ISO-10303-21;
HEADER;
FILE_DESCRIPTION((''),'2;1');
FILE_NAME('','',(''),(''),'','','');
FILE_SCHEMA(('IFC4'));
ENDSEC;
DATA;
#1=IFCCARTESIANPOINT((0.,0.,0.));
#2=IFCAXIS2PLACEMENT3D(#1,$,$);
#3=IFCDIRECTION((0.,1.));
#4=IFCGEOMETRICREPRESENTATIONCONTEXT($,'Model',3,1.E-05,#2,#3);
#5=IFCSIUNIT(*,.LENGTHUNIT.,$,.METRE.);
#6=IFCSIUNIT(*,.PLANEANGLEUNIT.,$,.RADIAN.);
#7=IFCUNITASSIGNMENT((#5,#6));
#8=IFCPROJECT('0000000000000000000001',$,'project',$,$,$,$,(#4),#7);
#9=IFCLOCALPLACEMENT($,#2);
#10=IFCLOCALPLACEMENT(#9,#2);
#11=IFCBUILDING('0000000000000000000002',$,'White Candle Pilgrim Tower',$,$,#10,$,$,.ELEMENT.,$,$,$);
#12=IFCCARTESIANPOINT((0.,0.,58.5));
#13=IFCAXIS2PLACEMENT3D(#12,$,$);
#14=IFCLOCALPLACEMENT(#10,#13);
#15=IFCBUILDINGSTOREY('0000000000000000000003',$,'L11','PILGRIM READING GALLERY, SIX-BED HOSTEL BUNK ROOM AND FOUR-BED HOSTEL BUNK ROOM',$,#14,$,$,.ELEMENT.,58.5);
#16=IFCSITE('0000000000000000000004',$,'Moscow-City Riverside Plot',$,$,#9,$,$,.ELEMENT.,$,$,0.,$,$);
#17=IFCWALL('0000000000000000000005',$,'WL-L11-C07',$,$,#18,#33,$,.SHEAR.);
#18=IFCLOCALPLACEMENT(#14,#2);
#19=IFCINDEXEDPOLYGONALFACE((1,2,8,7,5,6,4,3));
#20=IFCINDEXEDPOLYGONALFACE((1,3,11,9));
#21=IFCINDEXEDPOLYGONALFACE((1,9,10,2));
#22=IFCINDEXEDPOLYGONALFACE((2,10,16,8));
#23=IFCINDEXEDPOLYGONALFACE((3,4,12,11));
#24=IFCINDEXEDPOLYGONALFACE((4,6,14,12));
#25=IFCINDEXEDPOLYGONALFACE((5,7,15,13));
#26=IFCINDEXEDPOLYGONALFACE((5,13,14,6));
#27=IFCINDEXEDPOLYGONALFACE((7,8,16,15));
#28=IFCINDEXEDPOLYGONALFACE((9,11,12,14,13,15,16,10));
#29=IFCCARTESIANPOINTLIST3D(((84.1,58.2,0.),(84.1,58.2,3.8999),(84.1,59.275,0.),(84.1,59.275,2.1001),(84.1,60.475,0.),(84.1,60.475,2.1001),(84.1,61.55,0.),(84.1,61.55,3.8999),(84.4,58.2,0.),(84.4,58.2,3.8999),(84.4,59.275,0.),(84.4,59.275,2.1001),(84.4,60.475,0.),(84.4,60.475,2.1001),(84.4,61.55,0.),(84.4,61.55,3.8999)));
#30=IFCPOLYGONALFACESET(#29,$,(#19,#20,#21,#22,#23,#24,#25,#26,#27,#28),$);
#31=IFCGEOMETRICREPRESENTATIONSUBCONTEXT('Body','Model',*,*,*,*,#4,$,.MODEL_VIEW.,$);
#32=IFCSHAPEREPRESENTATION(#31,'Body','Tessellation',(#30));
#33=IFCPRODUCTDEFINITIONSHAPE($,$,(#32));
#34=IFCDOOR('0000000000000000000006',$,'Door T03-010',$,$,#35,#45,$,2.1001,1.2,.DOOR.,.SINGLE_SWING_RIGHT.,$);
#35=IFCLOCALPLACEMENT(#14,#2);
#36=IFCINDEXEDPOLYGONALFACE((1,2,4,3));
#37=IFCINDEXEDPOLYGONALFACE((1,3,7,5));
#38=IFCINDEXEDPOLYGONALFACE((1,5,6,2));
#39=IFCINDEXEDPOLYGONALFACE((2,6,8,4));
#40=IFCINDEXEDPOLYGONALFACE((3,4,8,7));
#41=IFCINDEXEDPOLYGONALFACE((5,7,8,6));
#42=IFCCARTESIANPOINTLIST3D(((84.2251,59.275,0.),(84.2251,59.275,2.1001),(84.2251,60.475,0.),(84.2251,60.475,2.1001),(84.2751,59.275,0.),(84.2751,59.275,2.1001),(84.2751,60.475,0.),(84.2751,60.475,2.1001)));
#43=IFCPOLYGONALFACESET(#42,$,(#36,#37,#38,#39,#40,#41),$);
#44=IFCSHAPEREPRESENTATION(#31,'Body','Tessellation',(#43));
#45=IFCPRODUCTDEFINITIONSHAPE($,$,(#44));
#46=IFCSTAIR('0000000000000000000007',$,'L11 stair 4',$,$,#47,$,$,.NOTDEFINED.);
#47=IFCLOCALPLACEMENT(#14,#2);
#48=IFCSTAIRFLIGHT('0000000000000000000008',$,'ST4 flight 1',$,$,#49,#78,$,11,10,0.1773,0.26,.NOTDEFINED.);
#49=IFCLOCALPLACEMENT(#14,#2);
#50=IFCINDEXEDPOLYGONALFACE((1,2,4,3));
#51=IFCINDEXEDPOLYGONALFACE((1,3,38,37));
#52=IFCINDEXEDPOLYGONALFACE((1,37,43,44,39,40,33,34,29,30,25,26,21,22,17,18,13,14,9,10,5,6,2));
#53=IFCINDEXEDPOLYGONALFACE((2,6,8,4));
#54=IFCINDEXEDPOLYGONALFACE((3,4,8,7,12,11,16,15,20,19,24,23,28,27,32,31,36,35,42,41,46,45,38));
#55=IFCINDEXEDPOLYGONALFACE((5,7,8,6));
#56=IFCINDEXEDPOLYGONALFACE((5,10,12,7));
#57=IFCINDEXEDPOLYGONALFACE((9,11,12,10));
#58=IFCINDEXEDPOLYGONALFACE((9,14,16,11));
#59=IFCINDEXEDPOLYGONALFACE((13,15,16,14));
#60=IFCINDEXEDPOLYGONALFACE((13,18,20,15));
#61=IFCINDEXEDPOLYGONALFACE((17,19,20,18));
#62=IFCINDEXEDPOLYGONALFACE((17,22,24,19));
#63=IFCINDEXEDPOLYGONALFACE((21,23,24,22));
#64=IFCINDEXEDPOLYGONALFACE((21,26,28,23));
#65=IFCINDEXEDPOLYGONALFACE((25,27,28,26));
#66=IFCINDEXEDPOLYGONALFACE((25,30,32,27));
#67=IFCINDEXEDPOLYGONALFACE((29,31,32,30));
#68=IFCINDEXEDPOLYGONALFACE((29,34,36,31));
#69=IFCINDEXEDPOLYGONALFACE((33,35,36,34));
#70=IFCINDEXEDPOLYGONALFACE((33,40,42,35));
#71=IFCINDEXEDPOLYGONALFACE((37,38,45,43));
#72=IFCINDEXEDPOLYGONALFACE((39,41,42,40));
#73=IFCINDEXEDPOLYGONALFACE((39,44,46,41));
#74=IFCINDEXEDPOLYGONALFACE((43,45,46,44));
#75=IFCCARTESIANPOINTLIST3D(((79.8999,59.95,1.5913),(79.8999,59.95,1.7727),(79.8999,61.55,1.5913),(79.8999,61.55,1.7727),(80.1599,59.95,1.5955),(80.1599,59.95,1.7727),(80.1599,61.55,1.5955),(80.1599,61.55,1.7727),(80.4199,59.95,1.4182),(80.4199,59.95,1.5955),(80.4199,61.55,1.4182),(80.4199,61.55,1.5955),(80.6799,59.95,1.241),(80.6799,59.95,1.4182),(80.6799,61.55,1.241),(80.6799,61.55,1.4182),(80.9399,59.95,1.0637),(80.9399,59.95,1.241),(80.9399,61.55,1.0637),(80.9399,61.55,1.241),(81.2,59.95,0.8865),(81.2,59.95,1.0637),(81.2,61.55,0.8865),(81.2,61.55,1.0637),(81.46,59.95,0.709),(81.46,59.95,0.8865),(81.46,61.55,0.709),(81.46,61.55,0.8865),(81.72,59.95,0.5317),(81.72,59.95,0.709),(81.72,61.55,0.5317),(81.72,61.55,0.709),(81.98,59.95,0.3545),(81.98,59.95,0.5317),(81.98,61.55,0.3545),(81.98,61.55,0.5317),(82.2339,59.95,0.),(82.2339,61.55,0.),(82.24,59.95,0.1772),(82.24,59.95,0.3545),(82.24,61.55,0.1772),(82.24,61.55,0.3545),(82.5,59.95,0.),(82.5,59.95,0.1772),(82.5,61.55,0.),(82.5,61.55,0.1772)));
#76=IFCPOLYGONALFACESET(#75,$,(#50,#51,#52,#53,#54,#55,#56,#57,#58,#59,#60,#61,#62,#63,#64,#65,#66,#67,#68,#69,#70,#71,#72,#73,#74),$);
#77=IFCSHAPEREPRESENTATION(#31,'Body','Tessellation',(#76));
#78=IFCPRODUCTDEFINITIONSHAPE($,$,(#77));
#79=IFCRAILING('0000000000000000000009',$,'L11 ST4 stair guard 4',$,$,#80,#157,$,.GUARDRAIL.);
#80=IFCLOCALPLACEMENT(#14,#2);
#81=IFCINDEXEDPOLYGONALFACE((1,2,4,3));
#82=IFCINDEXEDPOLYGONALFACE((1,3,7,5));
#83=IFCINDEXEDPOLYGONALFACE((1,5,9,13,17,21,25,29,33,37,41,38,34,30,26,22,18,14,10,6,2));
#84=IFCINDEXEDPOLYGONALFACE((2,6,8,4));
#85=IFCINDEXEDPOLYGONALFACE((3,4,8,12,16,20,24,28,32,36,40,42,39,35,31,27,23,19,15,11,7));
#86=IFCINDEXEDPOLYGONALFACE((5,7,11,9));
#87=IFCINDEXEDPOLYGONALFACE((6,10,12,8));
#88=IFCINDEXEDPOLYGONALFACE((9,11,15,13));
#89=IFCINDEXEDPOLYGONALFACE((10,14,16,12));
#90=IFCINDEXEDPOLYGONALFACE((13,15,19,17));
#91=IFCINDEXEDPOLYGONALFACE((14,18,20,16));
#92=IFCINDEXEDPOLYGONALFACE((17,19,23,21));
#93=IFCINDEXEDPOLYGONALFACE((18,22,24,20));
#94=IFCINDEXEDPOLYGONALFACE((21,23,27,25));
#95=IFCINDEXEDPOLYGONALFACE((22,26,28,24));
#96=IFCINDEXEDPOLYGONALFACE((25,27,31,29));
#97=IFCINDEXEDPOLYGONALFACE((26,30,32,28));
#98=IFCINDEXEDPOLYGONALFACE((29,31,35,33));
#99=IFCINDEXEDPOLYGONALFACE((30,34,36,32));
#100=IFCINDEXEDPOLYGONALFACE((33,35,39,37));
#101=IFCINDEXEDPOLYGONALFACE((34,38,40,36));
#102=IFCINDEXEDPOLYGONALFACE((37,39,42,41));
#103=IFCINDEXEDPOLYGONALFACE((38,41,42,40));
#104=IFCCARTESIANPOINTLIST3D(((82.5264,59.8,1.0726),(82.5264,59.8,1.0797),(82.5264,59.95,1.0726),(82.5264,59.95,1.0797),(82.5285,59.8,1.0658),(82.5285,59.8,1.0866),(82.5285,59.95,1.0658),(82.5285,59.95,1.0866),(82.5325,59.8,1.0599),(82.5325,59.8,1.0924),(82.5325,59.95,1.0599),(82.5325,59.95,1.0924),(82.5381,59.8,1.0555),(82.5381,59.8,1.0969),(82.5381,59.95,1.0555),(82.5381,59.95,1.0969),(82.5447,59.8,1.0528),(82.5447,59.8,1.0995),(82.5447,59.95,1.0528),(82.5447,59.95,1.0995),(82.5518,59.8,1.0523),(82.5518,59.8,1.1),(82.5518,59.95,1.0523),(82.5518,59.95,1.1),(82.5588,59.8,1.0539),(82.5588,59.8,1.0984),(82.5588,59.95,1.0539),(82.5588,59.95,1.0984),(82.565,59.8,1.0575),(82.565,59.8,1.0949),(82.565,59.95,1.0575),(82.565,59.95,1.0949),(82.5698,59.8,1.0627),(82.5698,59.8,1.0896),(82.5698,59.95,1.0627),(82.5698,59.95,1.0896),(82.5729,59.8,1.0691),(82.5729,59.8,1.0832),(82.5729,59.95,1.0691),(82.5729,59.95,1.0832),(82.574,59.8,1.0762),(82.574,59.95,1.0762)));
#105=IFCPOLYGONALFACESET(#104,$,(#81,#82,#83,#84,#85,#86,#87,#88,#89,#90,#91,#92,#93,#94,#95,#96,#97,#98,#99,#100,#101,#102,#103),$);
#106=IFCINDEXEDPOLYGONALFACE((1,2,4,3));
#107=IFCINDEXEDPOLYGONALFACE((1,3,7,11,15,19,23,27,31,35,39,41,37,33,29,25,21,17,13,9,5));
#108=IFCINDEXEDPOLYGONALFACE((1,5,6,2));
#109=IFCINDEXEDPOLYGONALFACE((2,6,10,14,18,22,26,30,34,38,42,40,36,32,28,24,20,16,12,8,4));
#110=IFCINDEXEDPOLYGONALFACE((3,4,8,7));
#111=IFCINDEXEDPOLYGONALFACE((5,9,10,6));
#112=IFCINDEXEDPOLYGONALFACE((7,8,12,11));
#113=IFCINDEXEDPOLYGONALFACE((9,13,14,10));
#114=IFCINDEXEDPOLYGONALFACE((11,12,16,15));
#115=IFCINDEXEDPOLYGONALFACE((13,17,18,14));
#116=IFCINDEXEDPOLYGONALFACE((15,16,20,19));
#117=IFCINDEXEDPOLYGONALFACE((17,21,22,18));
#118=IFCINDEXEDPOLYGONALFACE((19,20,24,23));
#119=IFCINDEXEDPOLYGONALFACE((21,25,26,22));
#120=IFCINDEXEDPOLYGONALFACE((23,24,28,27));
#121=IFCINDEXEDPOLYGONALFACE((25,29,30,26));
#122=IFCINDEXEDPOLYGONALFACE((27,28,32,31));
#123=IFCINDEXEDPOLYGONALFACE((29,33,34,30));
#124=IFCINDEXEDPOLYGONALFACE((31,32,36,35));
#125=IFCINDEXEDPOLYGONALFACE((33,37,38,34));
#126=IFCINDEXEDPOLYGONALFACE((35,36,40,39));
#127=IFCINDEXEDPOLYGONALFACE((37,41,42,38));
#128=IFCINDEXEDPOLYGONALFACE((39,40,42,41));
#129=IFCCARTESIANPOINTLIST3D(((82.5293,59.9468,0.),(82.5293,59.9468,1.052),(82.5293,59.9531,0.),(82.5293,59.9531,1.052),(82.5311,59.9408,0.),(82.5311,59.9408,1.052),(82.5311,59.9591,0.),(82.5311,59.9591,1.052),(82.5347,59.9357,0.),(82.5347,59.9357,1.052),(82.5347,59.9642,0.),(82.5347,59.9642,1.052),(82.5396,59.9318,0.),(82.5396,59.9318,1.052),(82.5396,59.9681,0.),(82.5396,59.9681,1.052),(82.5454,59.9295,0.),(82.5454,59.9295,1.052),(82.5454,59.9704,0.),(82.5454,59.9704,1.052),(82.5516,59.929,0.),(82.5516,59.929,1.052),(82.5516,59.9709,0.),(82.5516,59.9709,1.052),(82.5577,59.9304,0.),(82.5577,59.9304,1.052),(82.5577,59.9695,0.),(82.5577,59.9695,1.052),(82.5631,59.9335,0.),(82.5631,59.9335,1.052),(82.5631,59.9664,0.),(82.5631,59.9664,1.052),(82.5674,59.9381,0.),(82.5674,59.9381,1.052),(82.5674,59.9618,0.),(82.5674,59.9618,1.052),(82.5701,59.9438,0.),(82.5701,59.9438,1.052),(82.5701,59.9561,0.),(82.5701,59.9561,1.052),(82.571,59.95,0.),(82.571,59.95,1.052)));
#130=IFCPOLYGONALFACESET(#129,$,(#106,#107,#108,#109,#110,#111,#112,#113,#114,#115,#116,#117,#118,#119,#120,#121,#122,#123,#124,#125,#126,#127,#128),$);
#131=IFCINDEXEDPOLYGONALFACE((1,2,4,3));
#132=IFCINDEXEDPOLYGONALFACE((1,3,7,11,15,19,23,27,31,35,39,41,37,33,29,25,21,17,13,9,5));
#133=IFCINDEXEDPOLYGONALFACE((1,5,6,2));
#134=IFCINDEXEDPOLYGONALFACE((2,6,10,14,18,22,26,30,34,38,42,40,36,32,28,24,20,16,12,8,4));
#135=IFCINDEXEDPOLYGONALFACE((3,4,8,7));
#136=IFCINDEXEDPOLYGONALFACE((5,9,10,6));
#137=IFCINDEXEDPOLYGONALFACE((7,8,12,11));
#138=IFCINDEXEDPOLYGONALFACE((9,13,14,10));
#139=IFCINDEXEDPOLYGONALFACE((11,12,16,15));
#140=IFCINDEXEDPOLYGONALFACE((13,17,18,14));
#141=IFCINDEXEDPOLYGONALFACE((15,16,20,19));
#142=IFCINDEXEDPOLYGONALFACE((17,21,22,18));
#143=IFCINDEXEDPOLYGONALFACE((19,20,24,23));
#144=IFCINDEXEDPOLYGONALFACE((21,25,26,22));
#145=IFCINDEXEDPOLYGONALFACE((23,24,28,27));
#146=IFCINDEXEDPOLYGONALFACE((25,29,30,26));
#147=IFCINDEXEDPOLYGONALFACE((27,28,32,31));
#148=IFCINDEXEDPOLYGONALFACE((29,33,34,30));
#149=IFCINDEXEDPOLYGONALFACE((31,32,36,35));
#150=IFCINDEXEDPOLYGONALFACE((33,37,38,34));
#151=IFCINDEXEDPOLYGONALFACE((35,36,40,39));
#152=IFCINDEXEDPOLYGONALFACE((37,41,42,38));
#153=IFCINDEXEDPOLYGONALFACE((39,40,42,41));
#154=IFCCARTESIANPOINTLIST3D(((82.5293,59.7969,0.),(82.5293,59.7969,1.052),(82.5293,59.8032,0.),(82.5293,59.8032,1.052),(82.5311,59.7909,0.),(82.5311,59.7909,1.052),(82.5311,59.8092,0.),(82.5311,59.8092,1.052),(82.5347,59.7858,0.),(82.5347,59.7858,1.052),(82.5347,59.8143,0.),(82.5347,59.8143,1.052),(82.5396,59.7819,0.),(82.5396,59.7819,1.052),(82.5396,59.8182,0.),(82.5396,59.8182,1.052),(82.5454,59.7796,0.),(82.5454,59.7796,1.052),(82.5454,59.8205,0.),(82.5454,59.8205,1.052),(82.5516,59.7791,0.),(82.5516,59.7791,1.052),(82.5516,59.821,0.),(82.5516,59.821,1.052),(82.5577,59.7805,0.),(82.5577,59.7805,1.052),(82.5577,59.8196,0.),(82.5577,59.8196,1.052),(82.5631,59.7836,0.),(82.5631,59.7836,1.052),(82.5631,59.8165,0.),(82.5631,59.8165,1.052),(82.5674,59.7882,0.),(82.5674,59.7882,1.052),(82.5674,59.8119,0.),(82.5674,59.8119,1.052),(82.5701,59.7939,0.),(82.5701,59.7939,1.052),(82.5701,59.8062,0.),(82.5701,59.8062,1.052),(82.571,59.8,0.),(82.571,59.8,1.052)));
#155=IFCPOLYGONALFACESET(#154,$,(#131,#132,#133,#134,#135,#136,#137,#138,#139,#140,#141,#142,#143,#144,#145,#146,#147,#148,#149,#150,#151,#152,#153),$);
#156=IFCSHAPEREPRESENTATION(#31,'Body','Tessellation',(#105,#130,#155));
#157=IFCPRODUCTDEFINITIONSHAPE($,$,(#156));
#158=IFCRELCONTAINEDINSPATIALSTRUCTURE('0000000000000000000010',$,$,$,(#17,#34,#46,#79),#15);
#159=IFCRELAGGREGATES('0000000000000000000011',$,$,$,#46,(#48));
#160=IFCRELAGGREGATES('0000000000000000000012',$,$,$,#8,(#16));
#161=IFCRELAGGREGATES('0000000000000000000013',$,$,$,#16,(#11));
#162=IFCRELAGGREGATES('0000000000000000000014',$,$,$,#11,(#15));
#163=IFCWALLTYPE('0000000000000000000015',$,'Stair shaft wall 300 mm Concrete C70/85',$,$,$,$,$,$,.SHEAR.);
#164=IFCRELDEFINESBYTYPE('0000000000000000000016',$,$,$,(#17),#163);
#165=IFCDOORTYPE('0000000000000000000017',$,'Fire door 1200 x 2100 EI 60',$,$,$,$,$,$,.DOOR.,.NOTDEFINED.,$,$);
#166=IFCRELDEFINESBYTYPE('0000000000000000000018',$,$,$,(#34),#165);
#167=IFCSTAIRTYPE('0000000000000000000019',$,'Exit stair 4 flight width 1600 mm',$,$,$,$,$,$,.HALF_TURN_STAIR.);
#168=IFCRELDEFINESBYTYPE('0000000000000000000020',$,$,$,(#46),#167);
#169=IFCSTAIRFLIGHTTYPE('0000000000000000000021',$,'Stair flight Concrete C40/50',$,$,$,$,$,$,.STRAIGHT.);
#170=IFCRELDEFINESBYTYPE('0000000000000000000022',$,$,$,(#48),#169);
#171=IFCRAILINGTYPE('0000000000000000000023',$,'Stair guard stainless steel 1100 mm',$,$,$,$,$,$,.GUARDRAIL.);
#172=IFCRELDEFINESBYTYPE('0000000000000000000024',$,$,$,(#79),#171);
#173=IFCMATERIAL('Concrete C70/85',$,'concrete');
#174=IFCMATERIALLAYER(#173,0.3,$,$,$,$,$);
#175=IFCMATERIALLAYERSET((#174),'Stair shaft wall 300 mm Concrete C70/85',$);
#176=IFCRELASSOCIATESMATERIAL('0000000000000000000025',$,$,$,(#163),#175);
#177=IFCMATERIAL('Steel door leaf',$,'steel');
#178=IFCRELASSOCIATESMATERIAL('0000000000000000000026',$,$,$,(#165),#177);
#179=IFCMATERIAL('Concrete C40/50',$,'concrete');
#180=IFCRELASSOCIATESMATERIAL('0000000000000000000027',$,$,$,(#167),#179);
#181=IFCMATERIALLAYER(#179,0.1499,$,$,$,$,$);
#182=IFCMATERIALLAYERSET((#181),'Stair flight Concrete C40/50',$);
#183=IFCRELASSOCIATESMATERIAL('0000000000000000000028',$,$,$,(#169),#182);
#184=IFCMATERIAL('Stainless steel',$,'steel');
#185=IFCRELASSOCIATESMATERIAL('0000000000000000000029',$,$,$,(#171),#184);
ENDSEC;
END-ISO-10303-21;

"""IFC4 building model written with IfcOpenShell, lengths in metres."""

from ifc_helpers import new_model, si_unit, direction, frame, frame_2d, origin, origin_2d, place, context, subcontext, project, spatial, polyline, rectangle, circle, outline, extrude, material, layer, layer_set, type_object, element, fill, aggregate, save


model = new_model("IFC4")

# Units and contexts
model_context = context("Model", 3, precision=1e-05, world=origin(), true_north=direction((0.0, 1.0)))
body_context = subcontext(model_context, "Body", "Model", "MODEL_VIEW")
ifc_project = project(units=[si_unit("LENGTHUNIT", "METRE"), si_unit("PLANEANGLEUNIT", "RADIAN")], contexts=[model_context])

# Site, building, storey
site_placement = place(None, origin())
site = spatial("IfcSite", under=ifc_project, at=site_placement, Name="Moscow-City Riverside Plot", CompositionType="ELEMENT", RefElevation=0.0)
building_placement = place(site_placement, origin())
building = spatial("IfcBuilding", under=site, at=building_placement, Name="White Candle Pilgrim Tower", CompositionType="ELEMENT")
storey_placement = place(building_placement, frame((0.0, 0.0, 58.5)))
storey = spatial("IfcBuildingStorey", under=building, at=storey_placement, Name="L11", Description="PILGRIM READING GALLERY, SIX-BED HOSTEL BUNK ROOM AND FOUR-BED HOSTEL BUNK ROOM", CompositionType="ELEMENT", Elevation=58.5)

# Shared definitions
ifc_material_1 = material(Name="Concrete C70/85", Category="concrete")

# Shared definitions
ifc_material_2 = material(Name="Steel door leaf", Category="steel")

# Wall, opening, door
ifc_layer_1 = layer(ifc_material_1, 0.3)
ifc_layer_set_1 = layer_set([ifc_layer_1], Name="Stair shaft wall 300 mm Concrete C70/85")
wall_type_1 = type_object("IfcWallType", Name="Stair shaft wall 300 mm Concrete C70/85", PredefinedType="SHEAR", material=ifc_layer_set_1)
wall_1_placement = place(storey_placement, frame((84.25, 58.2, 0.0), z_axis=(0.0, 0.0, 1.0), x_axis=(0.0, 1.0, 0.0)))
wall_1 = element("IfcWall", 1, at=wall_1_placement, inside=storey, type_object=wall_type_1, Name="WL-L11-C07", PredefinedType="SHEAR", context=body_context, shape_type="SweptSolid", body=[
    extrude(rectangle(XDim=3.3501, YDim=0.3, at=frame_2d((1.675, 0.0))), origin(), (0.0, 0.0, 1.0), 3.8999),
])
opening_1_placement = place(wall_1_placement, frame((1.075, 0.0, 0.0)))
opening_1 = element("IfcOpeningElement", 2, at=opening_1_placement, cuts=wall_1, PredefinedType="OPENING", context=body_context, shape_type="SweptSolid", body=[
    extrude(rectangle(XDim=1.2, YDim=2.1001, at=frame_2d((0.6001, 1.05))), frame((0.0, 0.1599, 0.0), z_axis=(0.0, -1.0, 0.0), x_axis=(1.0, 0.0, 0.0)), (0.0, 0.0, 1.0), 0.3201),
])
door_type_1 = type_object("IfcDoorType", Name="Fire door 1200 x 2100 EI 60", OperationType="NOTDEFINED", PredefinedType="DOOR", material=ifc_material_2)
door_1_placement = place(opening_1_placement, origin())
door_1 = element("IfcDoor", 3, at=door_1_placement, inside=storey, type_object=door_type_1, Name="Door T03-010", OperationType="SINGLE_SWING_RIGHT", OverallHeight=2.1001, OverallWidth=1.2, PredefinedType="DOOR", context=body_context, shape_type="SweptSolid", body=[
    extrude(rectangle(XDim=1.2, YDim=2.1001, at=frame_2d((0.6001, 1.05))), frame((0.0, 0.0249, 0.0), z_axis=(0.0, -1.0, 0.0), x_axis=(1.0, 0.0, 0.0)), (0.0, 0.0, 1.0), 0.05),
])
fill(opening_1, door_1)

# Stair, stair flight
ifc_material_3 = material(Name="Concrete C40/50", Category="concrete")
stair_type = type_object("IfcStairType", Name="Exit stair 4 flight width 1600 mm", PredefinedType="HALF_TURN_STAIR", material=ifc_material_3)
stair_placement = place(storey_placement, origin())
stair = element("IfcStair", 4, at=stair_placement, inside=storey, type_object=stair_type, Name="L11 stair 4", PredefinedType="NOTDEFINED")
ifc_layer_2 = layer(ifc_material_3, 0.1499)
ifc_layer_set_2 = layer_set([ifc_layer_2], Name="Stair flight Concrete C40/50")
stair_flight_type = type_object("IfcStairFlightType", Name="Stair flight Concrete C40/50", PredefinedType="STRAIGHT", material=ifc_layer_set_2)
stair_flight_placement = place(storey_placement, frame((82.5, 60.75, 0.0), z_axis=(0.0, 0.0, 1.0), x_axis=(-1.0, 0.0, 0.0)))
stair_flight = element("IfcStairFlight", 5, at=stair_flight_placement, type_object=stair_flight_type, Name="ST4 flight 1", NumberOfRisers=11, NumberOfTreads=10, PredefinedType="NOTDEFINED", RiserHeight=0.1773, TreadLength=0.26, context=body_context, shape_type="SweptSolid", body=[
    extrude(outline(polyline([(0.0, 0.0), (0.0, 0.1772), (0.26, 0.1772), (0.26, 0.3545), (0.52, 0.3545), (0.52, 0.5317), (0.78, 0.5317), (0.78, 0.709), (1.04, 0.709), (1.04, 0.8865), (1.3, 0.8865), (1.3, 1.0637), (1.5601, 1.0637), (1.5601, 1.241), (1.8201, 1.241), (1.8201, 1.4182), (2.0801, 1.4182), (2.0801, 1.5955), (2.3401, 1.5955), (2.3401, 1.7727), (2.6001, 1.7727), (2.6001, 1.95), (2.6001, 1.5913), (0.2661, 0.0), (0.0, 0.0)])), frame((0.0, 0.8, 0.0), z_axis=(0.0, -1.0, 0.0), x_axis=(1.0, 0.0, 0.0)), (0.0, 0.0, 1.0), 1.6001),
])
aggregate(stair, [stair_flight])

# Railing
ifc_material_4 = material(Name="Stainless steel", Category="steel")
railing_type_1 = type_object("IfcRailingType", Name="Stair guard stainless steel 1100 mm", PredefinedType="GUARDRAIL", material=ifc_material_4)
railing_1_placement = place(storey_placement, frame((82.55, 59.95, 0.0)))
element("IfcRailing", 6, at=railing_1_placement, inside=storey, type_object=railing_type_1, Name="L11 ST4 stair guard 4", PredefinedType="GUARDRAIL", context=body_context, shape_type="SweptSolid", body=[
    extrude(circle(Radius=0.0239, at=origin_2d()), frame((0.0, 0.0, 1.0762), z_axis=(0.0, -1.0, 0.0), x_axis=(1.0, 0.0, 0.0)), (0.0, 0.0, 1.0), 0.1499),
    extrude(circle(Radius=0.021, at=origin_2d()), origin(), (0.0, 0.0, 1.0), 1.052),
    extrude(circle(Radius=0.021, at=origin_2d()), frame((0.0, -0.1499, 0.0)), (0.0, 0.0, 1.0), 1.052),
])

save(model, "model.ifc")
